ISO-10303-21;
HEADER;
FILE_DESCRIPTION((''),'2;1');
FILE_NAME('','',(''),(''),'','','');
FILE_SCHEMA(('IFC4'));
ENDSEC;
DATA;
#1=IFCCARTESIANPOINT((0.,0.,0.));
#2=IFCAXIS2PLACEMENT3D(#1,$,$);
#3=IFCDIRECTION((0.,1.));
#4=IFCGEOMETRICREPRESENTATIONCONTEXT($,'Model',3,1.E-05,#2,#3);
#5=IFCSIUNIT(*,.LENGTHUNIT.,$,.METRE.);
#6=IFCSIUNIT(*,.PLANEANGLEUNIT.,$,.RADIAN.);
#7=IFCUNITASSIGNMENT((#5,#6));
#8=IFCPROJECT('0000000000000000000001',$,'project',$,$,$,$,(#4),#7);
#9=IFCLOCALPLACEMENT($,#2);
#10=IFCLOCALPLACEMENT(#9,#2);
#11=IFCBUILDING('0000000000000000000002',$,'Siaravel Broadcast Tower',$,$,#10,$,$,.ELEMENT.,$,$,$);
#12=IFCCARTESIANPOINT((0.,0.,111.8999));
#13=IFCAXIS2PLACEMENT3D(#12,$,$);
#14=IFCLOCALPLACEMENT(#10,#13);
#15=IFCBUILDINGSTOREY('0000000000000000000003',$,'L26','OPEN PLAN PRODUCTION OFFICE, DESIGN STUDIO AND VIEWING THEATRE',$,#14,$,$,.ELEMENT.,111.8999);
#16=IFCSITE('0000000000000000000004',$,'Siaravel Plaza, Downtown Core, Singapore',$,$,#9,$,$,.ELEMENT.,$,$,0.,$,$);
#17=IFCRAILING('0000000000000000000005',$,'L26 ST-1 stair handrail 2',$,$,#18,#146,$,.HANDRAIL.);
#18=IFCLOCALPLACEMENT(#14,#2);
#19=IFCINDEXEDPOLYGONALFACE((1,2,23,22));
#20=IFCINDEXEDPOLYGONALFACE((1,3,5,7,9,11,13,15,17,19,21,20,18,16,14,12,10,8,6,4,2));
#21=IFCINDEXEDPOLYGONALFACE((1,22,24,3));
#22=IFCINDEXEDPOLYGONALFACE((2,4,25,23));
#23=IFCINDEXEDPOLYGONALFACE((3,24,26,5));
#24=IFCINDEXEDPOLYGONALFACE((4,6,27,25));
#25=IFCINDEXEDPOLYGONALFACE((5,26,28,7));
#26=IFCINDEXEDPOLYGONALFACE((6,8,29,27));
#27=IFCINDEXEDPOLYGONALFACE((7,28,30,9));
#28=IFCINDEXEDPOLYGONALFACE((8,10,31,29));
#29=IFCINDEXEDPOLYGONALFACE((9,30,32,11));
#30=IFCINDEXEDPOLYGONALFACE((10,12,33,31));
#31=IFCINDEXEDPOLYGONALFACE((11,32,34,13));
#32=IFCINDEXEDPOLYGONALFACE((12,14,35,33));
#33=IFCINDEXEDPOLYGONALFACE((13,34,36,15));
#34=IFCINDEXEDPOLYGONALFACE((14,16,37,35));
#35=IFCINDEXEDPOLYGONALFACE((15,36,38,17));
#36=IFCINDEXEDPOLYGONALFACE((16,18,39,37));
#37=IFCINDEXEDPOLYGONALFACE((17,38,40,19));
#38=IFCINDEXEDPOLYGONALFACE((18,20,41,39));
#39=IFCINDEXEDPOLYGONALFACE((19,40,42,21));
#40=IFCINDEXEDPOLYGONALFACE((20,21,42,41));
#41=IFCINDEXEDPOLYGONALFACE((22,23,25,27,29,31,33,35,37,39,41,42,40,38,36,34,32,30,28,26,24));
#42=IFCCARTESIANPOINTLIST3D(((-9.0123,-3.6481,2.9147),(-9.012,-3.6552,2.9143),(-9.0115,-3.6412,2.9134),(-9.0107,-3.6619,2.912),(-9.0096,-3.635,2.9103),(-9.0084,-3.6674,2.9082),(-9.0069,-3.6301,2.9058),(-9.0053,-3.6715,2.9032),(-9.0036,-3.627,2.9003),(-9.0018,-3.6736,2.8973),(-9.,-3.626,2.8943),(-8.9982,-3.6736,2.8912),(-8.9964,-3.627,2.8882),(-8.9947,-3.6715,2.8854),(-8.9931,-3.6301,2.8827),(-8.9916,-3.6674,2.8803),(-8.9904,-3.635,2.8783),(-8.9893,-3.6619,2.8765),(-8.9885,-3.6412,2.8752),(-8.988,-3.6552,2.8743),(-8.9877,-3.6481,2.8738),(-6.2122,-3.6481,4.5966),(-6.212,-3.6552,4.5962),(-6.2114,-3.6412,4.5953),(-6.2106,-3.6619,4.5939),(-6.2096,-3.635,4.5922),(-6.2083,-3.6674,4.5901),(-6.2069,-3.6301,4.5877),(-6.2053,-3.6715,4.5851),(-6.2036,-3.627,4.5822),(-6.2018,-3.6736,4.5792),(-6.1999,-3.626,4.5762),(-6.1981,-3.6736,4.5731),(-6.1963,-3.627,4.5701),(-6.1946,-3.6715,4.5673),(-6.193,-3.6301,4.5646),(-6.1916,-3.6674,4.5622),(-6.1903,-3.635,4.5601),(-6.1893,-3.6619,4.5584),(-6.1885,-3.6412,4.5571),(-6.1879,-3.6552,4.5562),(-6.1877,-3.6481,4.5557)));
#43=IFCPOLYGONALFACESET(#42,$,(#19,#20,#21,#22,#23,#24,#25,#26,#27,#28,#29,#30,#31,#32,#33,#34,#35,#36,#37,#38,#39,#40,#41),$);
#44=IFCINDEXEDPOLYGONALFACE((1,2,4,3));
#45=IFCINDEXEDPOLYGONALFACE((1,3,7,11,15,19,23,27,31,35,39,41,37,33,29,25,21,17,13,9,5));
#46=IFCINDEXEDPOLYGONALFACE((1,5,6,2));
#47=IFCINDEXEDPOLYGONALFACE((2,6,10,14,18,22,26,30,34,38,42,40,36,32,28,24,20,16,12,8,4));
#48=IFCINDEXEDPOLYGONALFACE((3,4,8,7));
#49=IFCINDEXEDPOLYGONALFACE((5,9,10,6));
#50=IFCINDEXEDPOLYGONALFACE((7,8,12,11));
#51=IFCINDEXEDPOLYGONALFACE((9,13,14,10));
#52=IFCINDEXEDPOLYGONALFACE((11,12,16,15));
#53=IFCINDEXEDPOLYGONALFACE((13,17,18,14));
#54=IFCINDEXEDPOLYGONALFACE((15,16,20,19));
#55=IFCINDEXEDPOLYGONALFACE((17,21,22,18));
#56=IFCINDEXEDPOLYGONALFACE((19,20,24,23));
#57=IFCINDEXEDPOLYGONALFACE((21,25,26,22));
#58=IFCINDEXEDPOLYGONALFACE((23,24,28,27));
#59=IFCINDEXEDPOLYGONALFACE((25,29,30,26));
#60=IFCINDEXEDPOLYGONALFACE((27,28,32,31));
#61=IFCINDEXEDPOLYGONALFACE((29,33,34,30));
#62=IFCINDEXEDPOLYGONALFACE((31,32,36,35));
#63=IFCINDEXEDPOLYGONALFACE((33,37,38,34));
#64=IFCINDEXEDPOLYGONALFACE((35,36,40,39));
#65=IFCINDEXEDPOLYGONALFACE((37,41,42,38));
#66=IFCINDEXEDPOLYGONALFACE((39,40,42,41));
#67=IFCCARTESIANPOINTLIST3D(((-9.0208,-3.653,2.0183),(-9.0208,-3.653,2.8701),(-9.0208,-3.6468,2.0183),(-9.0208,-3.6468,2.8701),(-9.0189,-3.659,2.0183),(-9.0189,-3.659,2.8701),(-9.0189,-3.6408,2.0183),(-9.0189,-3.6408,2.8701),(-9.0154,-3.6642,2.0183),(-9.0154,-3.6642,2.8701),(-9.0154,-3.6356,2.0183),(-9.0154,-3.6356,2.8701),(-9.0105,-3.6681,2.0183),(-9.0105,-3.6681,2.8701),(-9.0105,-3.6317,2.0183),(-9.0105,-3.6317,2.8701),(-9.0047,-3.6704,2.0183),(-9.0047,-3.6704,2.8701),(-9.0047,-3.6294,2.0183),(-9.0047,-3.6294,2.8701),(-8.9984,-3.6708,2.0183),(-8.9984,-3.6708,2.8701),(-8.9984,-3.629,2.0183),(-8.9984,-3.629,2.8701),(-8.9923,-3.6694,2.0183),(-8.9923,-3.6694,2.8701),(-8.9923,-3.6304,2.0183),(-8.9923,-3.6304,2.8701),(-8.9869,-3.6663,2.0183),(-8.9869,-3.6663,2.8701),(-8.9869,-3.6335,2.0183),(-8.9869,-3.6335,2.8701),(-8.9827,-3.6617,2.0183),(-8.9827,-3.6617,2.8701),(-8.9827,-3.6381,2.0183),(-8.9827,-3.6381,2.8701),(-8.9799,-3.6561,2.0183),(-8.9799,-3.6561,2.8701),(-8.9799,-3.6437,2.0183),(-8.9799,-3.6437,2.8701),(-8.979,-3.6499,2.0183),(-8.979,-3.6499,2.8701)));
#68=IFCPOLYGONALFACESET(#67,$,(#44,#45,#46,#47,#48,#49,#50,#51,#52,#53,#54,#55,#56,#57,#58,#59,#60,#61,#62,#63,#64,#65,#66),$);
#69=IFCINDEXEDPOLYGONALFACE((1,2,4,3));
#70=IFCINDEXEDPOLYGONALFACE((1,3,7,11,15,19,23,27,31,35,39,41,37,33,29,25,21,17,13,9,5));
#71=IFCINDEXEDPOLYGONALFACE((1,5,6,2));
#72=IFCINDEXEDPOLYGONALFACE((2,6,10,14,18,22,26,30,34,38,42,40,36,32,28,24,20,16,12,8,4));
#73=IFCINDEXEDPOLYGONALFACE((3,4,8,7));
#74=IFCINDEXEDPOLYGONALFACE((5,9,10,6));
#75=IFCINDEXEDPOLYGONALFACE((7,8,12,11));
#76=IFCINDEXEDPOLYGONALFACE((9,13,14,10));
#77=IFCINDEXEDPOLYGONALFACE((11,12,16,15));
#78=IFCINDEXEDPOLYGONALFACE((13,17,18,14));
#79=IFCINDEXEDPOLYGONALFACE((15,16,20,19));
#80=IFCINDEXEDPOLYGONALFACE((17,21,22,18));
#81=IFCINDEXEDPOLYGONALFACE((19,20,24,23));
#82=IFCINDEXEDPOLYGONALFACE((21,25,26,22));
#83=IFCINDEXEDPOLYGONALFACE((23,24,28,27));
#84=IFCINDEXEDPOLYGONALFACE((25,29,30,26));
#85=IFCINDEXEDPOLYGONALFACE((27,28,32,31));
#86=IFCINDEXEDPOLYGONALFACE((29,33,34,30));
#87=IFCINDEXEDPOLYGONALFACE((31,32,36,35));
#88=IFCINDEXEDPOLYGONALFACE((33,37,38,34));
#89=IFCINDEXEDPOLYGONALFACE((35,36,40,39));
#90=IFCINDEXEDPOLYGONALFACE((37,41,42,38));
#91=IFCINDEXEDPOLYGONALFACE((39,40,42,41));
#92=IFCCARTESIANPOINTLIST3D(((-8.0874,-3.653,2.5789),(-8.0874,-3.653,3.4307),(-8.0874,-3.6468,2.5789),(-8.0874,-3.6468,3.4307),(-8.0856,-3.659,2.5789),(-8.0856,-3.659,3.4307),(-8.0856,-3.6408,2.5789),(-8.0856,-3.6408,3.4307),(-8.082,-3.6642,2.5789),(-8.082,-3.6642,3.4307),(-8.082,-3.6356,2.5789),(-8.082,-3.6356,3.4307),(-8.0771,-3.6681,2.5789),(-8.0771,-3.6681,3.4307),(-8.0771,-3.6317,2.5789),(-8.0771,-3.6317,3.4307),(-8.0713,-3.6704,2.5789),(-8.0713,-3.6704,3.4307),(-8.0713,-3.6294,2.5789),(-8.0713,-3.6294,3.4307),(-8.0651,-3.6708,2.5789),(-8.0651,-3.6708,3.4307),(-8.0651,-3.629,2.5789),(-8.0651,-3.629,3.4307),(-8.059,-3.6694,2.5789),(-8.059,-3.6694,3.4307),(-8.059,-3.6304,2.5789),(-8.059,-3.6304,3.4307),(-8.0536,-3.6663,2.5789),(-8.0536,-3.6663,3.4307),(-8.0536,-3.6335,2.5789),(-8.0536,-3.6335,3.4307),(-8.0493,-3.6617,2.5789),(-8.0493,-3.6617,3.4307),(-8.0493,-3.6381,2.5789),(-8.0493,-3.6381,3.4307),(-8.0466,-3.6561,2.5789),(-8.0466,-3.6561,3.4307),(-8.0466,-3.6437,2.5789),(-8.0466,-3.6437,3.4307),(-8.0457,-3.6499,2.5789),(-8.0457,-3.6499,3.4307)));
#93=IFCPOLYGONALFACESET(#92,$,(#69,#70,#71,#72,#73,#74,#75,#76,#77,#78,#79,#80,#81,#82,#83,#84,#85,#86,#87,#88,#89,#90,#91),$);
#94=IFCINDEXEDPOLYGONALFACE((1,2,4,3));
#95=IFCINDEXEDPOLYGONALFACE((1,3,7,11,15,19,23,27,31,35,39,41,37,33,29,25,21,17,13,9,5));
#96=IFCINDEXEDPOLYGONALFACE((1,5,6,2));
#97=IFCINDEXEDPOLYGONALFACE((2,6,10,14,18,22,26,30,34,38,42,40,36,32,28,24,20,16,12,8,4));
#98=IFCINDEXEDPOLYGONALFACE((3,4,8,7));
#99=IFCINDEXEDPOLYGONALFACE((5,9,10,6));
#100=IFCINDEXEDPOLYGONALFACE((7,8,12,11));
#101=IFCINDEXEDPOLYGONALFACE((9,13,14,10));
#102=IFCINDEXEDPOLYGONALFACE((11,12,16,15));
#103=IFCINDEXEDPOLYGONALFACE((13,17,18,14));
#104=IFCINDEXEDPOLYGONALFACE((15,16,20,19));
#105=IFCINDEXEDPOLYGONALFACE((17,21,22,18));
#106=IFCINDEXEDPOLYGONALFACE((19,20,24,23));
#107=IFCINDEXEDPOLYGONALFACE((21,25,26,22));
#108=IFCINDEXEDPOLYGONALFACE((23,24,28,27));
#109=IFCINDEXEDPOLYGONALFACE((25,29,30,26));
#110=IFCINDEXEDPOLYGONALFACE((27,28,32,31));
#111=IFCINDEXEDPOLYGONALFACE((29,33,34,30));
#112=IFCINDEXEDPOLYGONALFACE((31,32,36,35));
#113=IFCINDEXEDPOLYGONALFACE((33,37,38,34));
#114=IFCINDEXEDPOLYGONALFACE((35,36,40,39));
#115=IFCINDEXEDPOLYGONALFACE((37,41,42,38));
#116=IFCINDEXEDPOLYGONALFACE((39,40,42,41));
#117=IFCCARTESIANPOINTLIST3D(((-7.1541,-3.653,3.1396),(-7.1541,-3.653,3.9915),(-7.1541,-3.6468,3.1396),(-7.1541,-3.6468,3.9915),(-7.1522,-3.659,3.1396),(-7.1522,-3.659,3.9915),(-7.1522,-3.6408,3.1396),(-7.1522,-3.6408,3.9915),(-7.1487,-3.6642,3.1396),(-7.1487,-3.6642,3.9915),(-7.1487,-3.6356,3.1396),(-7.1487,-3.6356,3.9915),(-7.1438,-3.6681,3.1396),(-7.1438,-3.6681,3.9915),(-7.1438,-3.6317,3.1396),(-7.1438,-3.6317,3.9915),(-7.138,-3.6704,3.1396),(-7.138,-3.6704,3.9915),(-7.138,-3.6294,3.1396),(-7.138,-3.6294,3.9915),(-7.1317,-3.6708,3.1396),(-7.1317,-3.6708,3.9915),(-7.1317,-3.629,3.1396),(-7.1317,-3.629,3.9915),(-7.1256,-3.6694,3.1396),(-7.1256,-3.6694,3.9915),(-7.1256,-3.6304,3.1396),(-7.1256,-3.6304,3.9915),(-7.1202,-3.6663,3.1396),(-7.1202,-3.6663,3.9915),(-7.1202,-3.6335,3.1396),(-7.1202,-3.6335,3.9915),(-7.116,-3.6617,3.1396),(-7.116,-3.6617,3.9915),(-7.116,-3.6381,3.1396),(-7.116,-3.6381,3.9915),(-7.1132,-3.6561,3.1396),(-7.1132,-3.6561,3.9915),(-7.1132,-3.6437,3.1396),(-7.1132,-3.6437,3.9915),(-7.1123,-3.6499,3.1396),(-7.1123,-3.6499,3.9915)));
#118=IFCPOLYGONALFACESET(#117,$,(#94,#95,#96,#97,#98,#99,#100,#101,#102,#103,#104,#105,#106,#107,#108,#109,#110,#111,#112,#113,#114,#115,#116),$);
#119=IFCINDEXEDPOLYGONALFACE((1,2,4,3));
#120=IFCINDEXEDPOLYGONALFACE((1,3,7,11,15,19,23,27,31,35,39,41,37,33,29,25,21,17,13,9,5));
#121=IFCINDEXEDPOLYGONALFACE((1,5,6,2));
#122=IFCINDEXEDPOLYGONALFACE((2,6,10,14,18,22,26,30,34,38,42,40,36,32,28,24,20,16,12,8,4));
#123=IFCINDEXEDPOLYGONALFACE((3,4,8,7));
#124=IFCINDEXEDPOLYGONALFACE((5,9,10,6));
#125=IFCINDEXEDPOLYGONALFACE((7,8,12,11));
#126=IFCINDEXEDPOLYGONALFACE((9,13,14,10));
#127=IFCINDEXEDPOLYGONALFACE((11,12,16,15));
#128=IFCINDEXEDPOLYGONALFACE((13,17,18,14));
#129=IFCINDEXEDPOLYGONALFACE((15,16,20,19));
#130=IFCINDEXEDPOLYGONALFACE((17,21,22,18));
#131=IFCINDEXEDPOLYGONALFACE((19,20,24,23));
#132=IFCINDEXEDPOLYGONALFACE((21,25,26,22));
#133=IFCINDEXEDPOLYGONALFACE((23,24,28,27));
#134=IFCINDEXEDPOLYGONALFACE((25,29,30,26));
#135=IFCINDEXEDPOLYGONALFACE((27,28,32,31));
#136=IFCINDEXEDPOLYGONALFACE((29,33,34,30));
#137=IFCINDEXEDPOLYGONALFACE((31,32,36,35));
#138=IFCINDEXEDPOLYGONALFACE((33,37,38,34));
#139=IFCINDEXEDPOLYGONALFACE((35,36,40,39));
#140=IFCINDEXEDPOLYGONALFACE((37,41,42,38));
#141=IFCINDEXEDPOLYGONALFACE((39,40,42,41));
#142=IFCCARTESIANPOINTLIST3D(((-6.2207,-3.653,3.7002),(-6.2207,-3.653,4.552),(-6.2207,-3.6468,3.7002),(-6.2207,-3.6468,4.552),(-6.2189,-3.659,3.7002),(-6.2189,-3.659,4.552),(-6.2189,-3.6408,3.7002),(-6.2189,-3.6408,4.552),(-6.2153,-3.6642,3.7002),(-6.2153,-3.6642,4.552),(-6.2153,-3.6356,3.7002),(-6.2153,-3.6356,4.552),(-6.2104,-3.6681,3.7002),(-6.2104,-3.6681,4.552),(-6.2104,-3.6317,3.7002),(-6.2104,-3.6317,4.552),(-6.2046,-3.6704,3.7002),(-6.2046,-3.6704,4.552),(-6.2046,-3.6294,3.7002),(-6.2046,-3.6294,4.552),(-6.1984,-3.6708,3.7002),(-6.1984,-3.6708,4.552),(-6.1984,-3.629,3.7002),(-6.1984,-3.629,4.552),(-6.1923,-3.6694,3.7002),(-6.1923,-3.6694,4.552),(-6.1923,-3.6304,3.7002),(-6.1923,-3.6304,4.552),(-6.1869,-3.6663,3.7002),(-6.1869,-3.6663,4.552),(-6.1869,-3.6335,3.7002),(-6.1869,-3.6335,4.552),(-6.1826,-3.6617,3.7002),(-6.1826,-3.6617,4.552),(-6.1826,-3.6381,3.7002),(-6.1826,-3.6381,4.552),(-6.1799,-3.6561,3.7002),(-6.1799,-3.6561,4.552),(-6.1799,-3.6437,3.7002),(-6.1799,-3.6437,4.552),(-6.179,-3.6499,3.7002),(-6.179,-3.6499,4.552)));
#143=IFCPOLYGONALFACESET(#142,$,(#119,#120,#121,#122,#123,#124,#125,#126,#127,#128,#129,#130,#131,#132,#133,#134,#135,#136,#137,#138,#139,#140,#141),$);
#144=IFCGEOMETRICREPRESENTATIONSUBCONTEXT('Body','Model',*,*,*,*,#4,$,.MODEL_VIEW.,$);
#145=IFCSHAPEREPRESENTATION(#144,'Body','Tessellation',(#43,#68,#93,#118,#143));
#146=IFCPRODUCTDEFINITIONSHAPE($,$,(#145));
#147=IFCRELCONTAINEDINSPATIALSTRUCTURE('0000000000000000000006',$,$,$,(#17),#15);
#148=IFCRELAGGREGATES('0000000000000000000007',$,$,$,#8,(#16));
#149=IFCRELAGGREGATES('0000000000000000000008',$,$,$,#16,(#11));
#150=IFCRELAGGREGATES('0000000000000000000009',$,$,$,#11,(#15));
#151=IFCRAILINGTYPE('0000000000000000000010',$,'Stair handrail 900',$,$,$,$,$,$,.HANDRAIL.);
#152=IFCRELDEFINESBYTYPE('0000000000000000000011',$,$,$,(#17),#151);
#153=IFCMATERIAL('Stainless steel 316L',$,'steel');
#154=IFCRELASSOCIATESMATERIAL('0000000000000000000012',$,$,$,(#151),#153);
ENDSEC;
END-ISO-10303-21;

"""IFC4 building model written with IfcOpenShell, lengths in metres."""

from ifc_helpers import new_model, si_unit, direction, frame, origin, origin_2d, place, context, subcontext, project, spatial, circle, extrude, material, type_object, element, save


model = new_model("IFC4")

# Units and contexts
model_context = context("Model", 3, precision=1e-05, world=origin(), true_north=direction((0.0, 1.0)))
body_context = subcontext(model_context, "Body", "Model", "MODEL_VIEW")
ifc_project = project(units=[si_unit("LENGTHUNIT", "METRE"), si_unit("PLANEANGLEUNIT", "RADIAN")], contexts=[model_context])

# Site, building, storey
site_placement = place(None, origin())
site = spatial("IfcSite", under=ifc_project, at=site_placement, Name="Siaravel Plaza, Downtown Core, Singapore", CompositionType="ELEMENT", RefElevation=0.0)
building_placement = place(site_placement, origin())
building = spatial("IfcBuilding", under=site, at=building_placement, Name="Siaravel Broadcast Tower", CompositionType="ELEMENT")
storey_placement = place(building_placement, frame((0.0, 0.0, 111.8999)))
storey = spatial("IfcBuildingStorey", under=building, at=storey_placement, Name="L26", Description="OPEN PLAN PRODUCTION OFFICE, DESIGN STUDIO AND VIEWING THEATRE", CompositionType="ELEMENT", Elevation=111.8999)

# Railing
ifc_material_1 = material(Name="Stainless steel 316L", Category="steel")
railing_type_1 = type_object("IfcRailingType", Name="Stair handrail 900", PredefinedType="HANDRAIL", material=ifc_material_1)
railing_1_placement = place(storey_placement, frame((-9.0, -3.6499, 2.0183)))
element("IfcRailing", 1, at=railing_1_placement, inside=storey, type_object=railing_type_1, Name="L26 ST-1 stair handrail 2", PredefinedType="HANDRAIL", context=body_context, shape_type="SweptSolid", body=[
    extrude(circle(Radius=0.0239, at=origin_2d()), frame((0.0, 0.0, 0.876), z_axis=(0.857242, 0.0, 0.514913), x_axis=(0.0, 1.0, 0.0)), (0.0, 0.0, 1.0), 3.2664),
    extrude(circle(Radius=0.021, at=origin_2d()), origin(), (0.0, 0.0, 1.0), 0.8518),
    extrude(circle(Radius=0.021, at=origin_2d()), frame((0.9333, 0.0, 0.5605)), (0.0, 0.0, 1.0), 0.8518),
    extrude(circle(Radius=0.021, at=origin_2d()), frame((1.8667, 0.0, 1.1213)), (0.0, 0.0, 1.0), 0.8518),
    extrude(circle(Radius=0.021, at=origin_2d()), frame((2.8, 0.0, 1.6819)), (0.0, 0.0, 1.0), 0.8518),
])

save(model, "model.ifc")
